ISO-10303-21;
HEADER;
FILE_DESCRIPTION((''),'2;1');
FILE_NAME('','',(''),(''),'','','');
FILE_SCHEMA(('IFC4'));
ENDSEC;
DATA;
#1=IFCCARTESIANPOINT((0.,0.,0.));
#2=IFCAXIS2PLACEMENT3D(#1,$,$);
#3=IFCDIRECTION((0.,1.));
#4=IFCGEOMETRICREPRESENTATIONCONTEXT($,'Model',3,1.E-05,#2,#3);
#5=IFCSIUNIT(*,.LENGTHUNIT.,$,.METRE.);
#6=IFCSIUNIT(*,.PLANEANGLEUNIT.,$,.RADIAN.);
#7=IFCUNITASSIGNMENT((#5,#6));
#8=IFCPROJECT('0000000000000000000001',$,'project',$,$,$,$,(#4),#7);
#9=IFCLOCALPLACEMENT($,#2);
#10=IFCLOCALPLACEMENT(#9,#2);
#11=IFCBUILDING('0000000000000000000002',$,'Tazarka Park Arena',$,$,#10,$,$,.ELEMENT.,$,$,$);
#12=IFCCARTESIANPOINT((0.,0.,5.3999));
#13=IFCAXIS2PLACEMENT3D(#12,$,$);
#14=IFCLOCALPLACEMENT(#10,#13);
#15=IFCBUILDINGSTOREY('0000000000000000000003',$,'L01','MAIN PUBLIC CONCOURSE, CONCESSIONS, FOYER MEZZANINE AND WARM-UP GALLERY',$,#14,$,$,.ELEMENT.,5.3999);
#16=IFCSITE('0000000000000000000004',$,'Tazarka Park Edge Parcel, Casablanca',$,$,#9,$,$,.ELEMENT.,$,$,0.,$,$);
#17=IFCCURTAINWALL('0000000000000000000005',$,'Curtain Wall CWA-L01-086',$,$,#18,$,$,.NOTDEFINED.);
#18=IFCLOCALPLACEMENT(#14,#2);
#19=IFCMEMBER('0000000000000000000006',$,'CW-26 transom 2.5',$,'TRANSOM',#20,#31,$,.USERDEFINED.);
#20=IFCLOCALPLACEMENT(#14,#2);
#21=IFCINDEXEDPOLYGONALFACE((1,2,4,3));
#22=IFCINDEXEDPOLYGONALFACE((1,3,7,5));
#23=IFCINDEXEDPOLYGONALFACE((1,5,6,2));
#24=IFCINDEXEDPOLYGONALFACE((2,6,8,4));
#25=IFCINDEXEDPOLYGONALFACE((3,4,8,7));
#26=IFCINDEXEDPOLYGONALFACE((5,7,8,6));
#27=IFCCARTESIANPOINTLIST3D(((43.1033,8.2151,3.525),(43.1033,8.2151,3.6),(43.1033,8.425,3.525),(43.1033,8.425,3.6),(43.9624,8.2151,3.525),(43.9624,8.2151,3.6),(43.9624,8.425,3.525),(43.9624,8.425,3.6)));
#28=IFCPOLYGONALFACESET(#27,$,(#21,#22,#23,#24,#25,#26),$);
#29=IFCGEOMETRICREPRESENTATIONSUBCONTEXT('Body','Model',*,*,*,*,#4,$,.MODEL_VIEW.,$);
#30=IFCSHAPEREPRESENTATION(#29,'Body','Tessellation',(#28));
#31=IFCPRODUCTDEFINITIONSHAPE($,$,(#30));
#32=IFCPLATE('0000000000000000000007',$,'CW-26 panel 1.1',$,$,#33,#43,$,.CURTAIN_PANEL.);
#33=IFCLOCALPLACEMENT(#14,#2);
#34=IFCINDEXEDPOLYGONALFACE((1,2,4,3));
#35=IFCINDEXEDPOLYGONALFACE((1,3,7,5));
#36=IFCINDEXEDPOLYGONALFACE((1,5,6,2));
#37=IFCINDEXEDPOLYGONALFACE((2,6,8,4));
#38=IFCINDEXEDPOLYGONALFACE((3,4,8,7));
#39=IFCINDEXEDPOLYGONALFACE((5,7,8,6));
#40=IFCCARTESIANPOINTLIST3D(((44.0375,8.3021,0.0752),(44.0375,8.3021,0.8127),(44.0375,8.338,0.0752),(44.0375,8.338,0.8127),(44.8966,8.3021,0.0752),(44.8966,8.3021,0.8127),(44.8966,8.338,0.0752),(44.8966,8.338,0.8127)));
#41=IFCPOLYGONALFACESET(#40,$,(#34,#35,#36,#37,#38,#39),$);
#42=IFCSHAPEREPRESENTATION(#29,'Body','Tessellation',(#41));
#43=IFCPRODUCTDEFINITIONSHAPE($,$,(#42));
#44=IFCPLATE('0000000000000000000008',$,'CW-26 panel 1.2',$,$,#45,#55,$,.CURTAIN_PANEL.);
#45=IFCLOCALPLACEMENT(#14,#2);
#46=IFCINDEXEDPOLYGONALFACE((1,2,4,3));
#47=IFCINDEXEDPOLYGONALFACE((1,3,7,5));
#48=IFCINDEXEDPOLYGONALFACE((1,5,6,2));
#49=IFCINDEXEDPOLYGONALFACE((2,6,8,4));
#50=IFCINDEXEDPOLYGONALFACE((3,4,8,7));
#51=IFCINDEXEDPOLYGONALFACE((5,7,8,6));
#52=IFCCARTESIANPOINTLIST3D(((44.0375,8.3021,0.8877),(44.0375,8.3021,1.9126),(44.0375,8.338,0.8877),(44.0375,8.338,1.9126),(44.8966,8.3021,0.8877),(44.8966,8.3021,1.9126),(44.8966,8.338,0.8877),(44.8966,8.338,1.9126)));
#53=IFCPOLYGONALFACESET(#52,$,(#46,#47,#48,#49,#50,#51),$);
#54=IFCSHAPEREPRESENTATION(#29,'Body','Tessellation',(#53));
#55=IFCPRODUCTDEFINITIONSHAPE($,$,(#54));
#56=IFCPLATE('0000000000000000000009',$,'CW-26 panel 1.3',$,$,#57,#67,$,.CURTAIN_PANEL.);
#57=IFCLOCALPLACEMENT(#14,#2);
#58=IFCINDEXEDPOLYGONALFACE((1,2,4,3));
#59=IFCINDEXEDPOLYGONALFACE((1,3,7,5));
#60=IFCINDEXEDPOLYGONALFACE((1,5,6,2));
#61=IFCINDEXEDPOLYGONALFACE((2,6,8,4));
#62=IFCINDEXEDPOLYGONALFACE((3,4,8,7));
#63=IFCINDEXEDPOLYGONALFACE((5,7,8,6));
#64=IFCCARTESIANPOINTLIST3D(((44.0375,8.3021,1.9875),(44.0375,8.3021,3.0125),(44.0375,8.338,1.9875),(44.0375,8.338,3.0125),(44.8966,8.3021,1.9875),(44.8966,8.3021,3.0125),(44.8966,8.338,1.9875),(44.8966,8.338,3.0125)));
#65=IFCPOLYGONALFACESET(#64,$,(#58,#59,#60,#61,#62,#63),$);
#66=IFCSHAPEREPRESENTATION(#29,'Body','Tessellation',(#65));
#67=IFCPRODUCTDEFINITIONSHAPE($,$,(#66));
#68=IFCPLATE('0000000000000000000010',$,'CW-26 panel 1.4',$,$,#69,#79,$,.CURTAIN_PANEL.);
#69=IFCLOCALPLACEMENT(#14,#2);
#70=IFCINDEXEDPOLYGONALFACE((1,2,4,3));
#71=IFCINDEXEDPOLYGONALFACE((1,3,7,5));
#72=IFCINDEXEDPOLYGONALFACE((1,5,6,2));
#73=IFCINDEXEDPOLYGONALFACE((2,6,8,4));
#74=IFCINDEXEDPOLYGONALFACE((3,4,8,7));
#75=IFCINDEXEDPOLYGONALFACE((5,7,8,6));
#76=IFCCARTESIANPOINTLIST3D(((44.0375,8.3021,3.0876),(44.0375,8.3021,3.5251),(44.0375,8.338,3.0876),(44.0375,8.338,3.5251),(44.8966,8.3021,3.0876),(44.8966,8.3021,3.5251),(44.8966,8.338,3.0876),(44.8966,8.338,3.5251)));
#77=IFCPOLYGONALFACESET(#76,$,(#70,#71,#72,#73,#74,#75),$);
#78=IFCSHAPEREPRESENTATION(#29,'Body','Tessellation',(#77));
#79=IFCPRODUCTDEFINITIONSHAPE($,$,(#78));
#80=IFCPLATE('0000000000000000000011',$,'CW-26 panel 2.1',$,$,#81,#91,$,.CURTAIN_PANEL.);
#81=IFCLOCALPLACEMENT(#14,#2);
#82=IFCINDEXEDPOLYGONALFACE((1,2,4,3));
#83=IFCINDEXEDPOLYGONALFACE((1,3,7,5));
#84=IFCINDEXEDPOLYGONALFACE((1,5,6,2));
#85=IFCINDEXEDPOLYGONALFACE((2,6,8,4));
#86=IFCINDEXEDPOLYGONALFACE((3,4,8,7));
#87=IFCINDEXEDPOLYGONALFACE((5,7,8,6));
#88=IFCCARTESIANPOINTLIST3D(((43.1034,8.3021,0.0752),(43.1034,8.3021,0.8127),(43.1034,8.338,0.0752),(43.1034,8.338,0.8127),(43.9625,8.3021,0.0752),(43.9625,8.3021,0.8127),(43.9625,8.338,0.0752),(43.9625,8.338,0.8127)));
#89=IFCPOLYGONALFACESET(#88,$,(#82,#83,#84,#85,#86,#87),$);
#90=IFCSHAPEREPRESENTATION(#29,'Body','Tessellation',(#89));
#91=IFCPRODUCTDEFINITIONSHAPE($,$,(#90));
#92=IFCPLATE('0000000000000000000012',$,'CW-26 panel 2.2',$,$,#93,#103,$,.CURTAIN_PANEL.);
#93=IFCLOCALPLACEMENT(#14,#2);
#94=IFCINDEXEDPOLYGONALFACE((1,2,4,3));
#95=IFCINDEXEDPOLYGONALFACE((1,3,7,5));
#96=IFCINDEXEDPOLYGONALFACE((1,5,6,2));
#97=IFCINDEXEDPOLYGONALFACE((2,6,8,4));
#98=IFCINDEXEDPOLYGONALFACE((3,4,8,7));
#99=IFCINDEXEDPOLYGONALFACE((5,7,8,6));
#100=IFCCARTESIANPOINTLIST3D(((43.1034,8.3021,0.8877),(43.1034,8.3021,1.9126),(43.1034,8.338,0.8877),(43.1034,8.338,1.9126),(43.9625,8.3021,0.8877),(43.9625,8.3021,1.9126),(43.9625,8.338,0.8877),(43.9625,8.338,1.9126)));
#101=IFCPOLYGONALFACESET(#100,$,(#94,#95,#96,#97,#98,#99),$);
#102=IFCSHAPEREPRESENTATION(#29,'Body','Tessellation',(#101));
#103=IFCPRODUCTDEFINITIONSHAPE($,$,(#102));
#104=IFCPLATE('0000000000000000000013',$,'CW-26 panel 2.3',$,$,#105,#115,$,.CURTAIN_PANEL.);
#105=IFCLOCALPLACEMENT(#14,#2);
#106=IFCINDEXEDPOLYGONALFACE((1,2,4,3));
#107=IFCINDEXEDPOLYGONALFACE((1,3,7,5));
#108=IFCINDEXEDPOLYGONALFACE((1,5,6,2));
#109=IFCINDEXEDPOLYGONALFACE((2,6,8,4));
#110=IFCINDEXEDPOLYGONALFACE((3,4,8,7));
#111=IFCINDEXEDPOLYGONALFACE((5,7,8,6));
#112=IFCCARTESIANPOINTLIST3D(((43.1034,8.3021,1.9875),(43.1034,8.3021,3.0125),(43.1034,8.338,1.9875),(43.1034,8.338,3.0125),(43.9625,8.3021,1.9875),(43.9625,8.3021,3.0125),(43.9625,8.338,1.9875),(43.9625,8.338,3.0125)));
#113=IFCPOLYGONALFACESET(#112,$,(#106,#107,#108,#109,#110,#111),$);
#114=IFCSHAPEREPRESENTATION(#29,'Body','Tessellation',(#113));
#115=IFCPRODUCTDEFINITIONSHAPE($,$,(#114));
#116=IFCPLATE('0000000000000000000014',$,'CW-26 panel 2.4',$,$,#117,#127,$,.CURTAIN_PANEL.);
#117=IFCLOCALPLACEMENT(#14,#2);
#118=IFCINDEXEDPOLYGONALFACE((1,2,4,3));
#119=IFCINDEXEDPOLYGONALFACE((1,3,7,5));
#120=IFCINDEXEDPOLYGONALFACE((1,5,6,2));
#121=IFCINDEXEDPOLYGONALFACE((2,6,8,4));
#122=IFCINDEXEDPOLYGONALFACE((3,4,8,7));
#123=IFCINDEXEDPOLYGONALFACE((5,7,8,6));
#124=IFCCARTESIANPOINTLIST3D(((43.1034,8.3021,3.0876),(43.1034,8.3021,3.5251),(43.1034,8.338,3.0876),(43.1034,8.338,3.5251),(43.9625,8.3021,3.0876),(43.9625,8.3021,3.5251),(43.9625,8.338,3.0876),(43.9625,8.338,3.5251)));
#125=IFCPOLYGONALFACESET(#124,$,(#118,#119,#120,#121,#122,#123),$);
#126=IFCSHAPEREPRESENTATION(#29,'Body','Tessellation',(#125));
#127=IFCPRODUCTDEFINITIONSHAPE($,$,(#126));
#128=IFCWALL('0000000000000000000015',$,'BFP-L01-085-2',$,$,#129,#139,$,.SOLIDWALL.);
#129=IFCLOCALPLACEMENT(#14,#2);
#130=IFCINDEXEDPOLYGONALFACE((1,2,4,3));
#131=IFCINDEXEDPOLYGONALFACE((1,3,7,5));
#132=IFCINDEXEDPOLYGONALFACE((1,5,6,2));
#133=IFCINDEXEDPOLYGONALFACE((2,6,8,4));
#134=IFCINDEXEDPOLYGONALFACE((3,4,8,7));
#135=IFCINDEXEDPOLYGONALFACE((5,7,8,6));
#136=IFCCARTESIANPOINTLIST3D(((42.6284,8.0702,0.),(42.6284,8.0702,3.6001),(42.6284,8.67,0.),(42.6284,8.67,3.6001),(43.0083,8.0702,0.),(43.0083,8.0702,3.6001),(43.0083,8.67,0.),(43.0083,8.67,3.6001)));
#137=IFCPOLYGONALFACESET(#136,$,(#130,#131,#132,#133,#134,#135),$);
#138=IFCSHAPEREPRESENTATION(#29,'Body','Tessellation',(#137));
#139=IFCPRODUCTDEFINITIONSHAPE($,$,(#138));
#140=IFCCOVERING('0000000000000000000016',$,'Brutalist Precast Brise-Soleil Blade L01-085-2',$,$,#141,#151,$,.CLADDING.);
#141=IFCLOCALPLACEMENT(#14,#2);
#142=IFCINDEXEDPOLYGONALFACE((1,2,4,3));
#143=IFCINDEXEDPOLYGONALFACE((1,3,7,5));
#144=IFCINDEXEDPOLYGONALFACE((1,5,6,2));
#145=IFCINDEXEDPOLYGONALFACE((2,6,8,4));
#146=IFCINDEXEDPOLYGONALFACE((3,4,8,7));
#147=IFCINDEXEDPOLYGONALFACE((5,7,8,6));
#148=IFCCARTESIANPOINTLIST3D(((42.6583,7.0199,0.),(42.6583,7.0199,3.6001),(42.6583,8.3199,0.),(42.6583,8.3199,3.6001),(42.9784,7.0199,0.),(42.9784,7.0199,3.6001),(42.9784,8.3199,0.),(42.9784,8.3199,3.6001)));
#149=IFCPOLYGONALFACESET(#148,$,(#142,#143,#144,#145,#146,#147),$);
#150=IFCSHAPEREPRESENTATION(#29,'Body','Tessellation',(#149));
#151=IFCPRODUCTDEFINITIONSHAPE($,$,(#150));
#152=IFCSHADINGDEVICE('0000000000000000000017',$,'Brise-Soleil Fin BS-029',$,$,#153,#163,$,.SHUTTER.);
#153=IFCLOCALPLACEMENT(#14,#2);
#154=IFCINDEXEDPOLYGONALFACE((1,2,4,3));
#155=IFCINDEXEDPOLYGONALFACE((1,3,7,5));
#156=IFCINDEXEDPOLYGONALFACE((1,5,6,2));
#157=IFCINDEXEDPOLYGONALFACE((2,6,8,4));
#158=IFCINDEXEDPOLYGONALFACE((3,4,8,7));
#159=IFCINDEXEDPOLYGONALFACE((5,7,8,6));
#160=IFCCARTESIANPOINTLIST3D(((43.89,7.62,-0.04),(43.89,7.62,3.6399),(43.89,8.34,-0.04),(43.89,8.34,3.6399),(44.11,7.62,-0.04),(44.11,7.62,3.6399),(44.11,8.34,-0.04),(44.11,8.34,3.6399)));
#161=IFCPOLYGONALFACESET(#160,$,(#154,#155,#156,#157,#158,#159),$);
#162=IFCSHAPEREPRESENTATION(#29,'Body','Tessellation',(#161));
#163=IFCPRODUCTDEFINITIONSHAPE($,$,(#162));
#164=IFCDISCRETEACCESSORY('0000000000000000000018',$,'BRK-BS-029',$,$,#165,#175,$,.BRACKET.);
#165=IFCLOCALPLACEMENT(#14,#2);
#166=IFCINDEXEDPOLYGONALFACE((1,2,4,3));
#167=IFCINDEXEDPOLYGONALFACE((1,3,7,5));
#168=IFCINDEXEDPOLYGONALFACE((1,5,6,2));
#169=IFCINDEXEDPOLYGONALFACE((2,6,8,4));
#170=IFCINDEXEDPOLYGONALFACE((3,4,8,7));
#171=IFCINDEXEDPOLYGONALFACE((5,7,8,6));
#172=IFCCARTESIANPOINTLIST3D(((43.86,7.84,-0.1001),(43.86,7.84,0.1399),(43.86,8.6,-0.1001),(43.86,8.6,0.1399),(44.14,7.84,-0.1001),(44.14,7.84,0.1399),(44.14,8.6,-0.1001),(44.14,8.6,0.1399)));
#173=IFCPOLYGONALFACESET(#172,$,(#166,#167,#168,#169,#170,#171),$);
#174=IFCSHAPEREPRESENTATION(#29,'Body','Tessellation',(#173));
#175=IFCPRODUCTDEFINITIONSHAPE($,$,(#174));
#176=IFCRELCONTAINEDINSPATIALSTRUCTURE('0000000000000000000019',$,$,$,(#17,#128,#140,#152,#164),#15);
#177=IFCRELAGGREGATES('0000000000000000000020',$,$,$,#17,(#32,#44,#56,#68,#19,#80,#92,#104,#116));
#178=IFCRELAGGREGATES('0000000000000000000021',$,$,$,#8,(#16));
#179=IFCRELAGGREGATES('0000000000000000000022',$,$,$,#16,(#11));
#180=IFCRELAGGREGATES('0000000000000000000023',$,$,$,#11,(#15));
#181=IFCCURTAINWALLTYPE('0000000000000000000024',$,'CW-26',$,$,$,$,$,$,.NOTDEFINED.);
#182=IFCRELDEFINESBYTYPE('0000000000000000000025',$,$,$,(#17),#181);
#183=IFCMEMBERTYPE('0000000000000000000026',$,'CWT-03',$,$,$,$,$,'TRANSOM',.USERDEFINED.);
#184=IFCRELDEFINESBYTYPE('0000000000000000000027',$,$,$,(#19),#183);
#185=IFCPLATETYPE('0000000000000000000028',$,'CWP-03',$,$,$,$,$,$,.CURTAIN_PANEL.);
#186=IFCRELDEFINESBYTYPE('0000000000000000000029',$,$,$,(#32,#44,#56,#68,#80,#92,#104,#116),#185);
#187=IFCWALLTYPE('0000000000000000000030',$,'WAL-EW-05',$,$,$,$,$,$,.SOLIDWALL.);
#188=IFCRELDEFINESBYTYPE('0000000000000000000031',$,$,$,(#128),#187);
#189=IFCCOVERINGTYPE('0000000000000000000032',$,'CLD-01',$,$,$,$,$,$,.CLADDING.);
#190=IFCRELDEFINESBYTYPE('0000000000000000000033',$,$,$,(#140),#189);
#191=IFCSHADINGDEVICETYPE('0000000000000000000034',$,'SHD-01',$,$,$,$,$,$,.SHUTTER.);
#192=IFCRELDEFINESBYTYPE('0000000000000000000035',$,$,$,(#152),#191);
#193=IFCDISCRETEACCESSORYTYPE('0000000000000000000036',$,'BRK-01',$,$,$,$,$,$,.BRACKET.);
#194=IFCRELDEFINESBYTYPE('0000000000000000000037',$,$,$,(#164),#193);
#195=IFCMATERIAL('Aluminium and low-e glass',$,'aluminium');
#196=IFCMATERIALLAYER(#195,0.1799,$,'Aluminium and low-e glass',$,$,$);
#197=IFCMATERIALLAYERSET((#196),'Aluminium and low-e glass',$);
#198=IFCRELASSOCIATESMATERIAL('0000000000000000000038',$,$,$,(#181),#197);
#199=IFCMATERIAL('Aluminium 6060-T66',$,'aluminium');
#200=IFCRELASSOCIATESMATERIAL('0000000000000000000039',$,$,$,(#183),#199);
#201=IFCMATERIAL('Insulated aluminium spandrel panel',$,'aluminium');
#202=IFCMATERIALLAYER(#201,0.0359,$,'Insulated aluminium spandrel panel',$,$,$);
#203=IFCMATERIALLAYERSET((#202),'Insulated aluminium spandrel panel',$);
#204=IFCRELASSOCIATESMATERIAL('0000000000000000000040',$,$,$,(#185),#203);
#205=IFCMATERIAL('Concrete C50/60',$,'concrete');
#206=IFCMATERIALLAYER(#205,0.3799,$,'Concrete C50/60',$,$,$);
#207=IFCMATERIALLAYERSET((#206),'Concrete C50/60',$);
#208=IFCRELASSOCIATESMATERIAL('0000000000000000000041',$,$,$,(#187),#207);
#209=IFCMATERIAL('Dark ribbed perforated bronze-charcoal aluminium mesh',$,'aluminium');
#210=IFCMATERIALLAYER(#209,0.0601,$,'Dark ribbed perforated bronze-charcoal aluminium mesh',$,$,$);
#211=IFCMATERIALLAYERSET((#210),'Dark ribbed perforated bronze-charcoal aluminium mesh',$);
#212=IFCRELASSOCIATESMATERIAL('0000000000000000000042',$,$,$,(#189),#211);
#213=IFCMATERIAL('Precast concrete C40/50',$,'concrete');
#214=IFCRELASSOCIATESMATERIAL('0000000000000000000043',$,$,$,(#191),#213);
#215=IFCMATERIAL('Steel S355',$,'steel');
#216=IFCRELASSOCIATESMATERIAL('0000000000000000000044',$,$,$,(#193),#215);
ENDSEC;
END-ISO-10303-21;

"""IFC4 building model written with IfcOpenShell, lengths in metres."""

from ifc_helpers import new_model, si_unit, direction, frame, frame_2d, origin, origin_2d, place, context, subcontext, project, spatial, rectangle, extrude, material, layer, layer_set, material_profile, profile_set, type_object, element, aggregate, save


model = new_model("IFC4")

# Units and contexts
model_context = context("Model", 3, precision=1e-05, world=origin(), true_north=direction((0.0, 1.0)))
body_context = subcontext(model_context, "Body", "Model", "MODEL_VIEW")
ifc_project = project(units=[si_unit("LENGTHUNIT", "METRE"), si_unit("PLANEANGLEUNIT", "RADIAN")], contexts=[model_context])

# Site, building, storey
site_placement = place(None, origin())
site = spatial("IfcSite", under=ifc_project, at=site_placement, Name="Tazarka Park Edge Parcel, Casablanca", CompositionType="ELEMENT", RefElevation=0.0)
building_placement = place(site_placement, origin())
building = spatial("IfcBuilding", under=site, at=building_placement, Name="Tazarka Park Arena", CompositionType="ELEMENT")
storey_placement = place(building_placement, frame((0.0, 0.0, 5.3999)))
storey = spatial("IfcBuildingStorey", under=building, at=storey_placement, Name="L01", Description="MAIN PUBLIC CONCOURSE, CONCESSIONS, FOYER MEZZANINE AND WARM-UP GALLERY", CompositionType="ELEMENT", Elevation=5.3999)

# Curtain wall
ifc_material_1 = material(Name="Aluminium and low-e glass", Category="aluminium")
ifc_layer_1 = layer(ifc_material_1, 0.1799, Name="Aluminium and low-e glass")
ifc_layer_set_1 = layer_set([ifc_layer_1], Name="Aluminium and low-e glass")
curtain_wall_type_1 = type_object("IfcCurtainWallType", Name="CW-26", PredefinedType="NOTDEFINED", material=ifc_layer_set_1)
curtain_wall_1_placement = place(storey_placement, origin())
curtain_wall_1 = element("IfcCurtainWall", 1, at=curtain_wall_1_placement, inside=storey, type_object=curtain_wall_type_1, Name="Curtain Wall CWA-L01-086", PredefinedType="NOTDEFINED")

# Member
ifc_material_2 = material(Name="Aluminium 6060-T66", Category="aluminium")
ifc_material_profile_1 = material_profile(ifc_material_2, rectangle(XDim=0.21, YDim=0.075, at=origin_2d()), Name="Aluminium 6060-T66")
ifc_profile_set_1 = profile_set([ifc_material_profile_1], Name="Aluminium 6060-T66")
member_type_1 = type_object("IfcMemberType", Name="CWT-03", ElementType="TRANSOM", PredefinedType="USERDEFINED", material=ifc_profile_set_1)
member_1_placement = place(storey_placement, frame((43.9624, 8.3201, 3.5625), z_axis=(-1.0, 0.0, 0.0), x_axis=(0.0, -1.0, 0.0)))
member_1 = element("IfcMember", 2, at=member_1_placement, type_object=member_type_1, Name="CW-26 transom 2.5", ObjectType="TRANSOM", PredefinedType="USERDEFINED", context=body_context, shape_type="SweptSolid", body=[
    extrude(rectangle(XDim=0.21, YDim=0.075, at=origin_2d()), origin(), (0.0, 0.0, 1.0), 0.8591),
])

# Plates
ifc_material_3 = material(Name="Insulated aluminium spandrel panel", Category="aluminium")
ifc_layer_2 = layer(ifc_material_3, 0.0359, Name="Insulated aluminium spandrel panel")
ifc_layer_set_2 = layer_set([ifc_layer_2], Name="Insulated aluminium spandrel panel")
plate_type = type_object("IfcPlateType", Name="CWP-03", PredefinedType="CURTAIN_PANEL", material=ifc_layer_set_2)
plate_1_placement = place(storey_placement, frame((44.467, 8.3201, 0.0752), z_axis=(0.0, 0.0, 1.0), x_axis=(-1.0, 0.0, 0.0)))
plate_1 = element("IfcPlate", 3, at=plate_1_placement, type_object=plate_type, Name="CW-26 panel 1.1", PredefinedType="CURTAIN_PANEL", context=body_context, shape_type="SweptSolid", body=[
    extrude(rectangle(XDim=0.8591, YDim=0.0359, at=origin_2d()), origin(), (0.0, 0.0, 1.0), 0.7375),
])
plate_2_placement = place(storey_placement, frame((44.467, 8.3201, 0.8877), z_axis=(0.0, 0.0, 1.0), x_axis=(-1.0, 0.0, 0.0)))
plate_2 = element("IfcPlate", 4, at=plate_2_placement, type_object=plate_type, Name="CW-26 panel 1.2", PredefinedType="CURTAIN_PANEL", context=body_context, shape_type="SweptSolid", body=[
    extrude(rectangle(XDim=0.8591, YDim=0.0359, at=origin_2d()), origin(), (0.0, 0.0, 1.0), 1.0249),
])
plate_3_placement = place(storey_placement, frame((44.467, 8.3201, 1.9875), z_axis=(0.0, 0.0, 1.0), x_axis=(-1.0, 0.0, 0.0)))
plate_3 = element("IfcPlate", 5, at=plate_3_placement, type_object=plate_type, Name="CW-26 panel 1.3", PredefinedType="CURTAIN_PANEL", context=body_context, shape_type="SweptSolid", body=[
    extrude(rectangle(XDim=0.8591, YDim=0.0359, at=origin_2d()), origin(), (0.0, 0.0, 1.0), 1.0249),
])
plate_4_placement = place(storey_placement, frame((44.467, 8.3201, 3.0876), z_axis=(0.0, 0.0, 1.0), x_axis=(-1.0, 0.0, 0.0)))
plate_4 = element("IfcPlate", 6, at=plate_4_placement, type_object=plate_type, Name="CW-26 panel 1.4", PredefinedType="CURTAIN_PANEL", context=body_context, shape_type="SweptSolid", body=[
    extrude(rectangle(XDim=0.8591, YDim=0.0359, at=origin_2d()), origin(), (0.0, 0.0, 1.0), 0.4375),
])
plate_5_placement = place(storey_placement, frame((43.533, 8.3201, 0.0752), z_axis=(0.0, 0.0, 1.0), x_axis=(-1.0, 0.0, 0.0)))
plate_5 = element("IfcPlate", 7, at=plate_5_placement, type_object=plate_type, Name="CW-26 panel 2.1", PredefinedType="CURTAIN_PANEL", context=body_context, shape_type="SweptSolid", body=[
    extrude(rectangle(XDim=0.8591, YDim=0.0359, at=origin_2d()), origin(), (0.0, 0.0, 1.0), 0.7375),
])
plate_6_placement = place(storey_placement, frame((43.533, 8.3201, 0.8877), z_axis=(0.0, 0.0, 1.0), x_axis=(-1.0, 0.0, 0.0)))
plate_6 = element("IfcPlate", 8, at=plate_6_placement, type_object=plate_type, Name="CW-26 panel 2.2", PredefinedType="CURTAIN_PANEL", context=body_context, shape_type="SweptSolid", body=[
    extrude(rectangle(XDim=0.8591, YDim=0.0359, at=origin_2d()), origin(), (0.0, 0.0, 1.0), 1.0249),
])
plate_7_placement = place(storey_placement, frame((43.533, 8.3201, 1.9875), z_axis=(0.0, 0.0, 1.0), x_axis=(-1.0, 0.0, 0.0)))
plate_7 = element("IfcPlate", 9, at=plate_7_placement, type_object=plate_type, Name="CW-26 panel 2.3", PredefinedType="CURTAIN_PANEL", context=body_context, shape_type="SweptSolid", body=[
    extrude(rectangle(XDim=0.8591, YDim=0.0359, at=origin_2d()), origin(), (0.0, 0.0, 1.0), 1.0249),
])
plate_8_placement = place(storey_placement, frame((43.533, 8.3201, 3.0876), z_axis=(0.0, 0.0, 1.0), x_axis=(-1.0, 0.0, 0.0)))
plate_8 = element("IfcPlate", 10, at=plate_8_placement, type_object=plate_type, Name="CW-26 panel 2.4", PredefinedType="CURTAIN_PANEL", context=body_context, shape_type="SweptSolid", body=[
    extrude(rectangle(XDim=0.8591, YDim=0.0359, at=origin_2d()), origin(), (0.0, 0.0, 1.0), 0.4375),
])
aggregate(curtain_wall_1, [plate_1, plate_2, plate_3, plate_4, member_1, plate_5, plate_6, plate_7, plate_8])

# Wall
ifc_material_4 = material(Name="Concrete C50/60", Category="concrete")
ifc_layer_3 = layer(ifc_material_4, 0.3799, Name="Concrete C50/60")
ifc_layer_set_3 = layer_set([ifc_layer_3], Name="Concrete C50/60")
wall_type = type_object("IfcWallType", Name="WAL-EW-05", PredefinedType="SOLIDWALL", material=ifc_layer_set_3)
wall_placement = place(storey_placement, frame((42.8184, 8.6699, 0.0), z_axis=(0.0, 0.0, 1.0), x_axis=(0.0, -1.0, 0.0)))
element("IfcWall", 11, at=wall_placement, inside=storey, type_object=wall_type, Name="BFP-L01-085-2", PredefinedType="SOLIDWALL", context=body_context, shape_type="SweptSolid", body=[
    extrude(rectangle(XDim=0.5999, YDim=0.3799, at=frame_2d((0.2998, 0.0))), origin(), (0.0, 0.0, 1.0), 3.6001),
])

# Covering
ifc_material_5 = material(Name="Dark ribbed perforated bronze-charcoal aluminium mesh", Category="aluminium")
ifc_layer_4 = layer(ifc_material_5, 0.0601, Name="Dark ribbed perforated bronze-charcoal aluminium mesh")
ifc_layer_set_4 = layer_set([ifc_layer_4], Name="Dark ribbed perforated bronze-charcoal aluminium mesh")
covering_type = type_object("IfcCoveringType", Name="CLD-01", PredefinedType="CLADDING", material=ifc_layer_set_4)
covering_placement = place(storey_placement, frame((42.8184, 7.6699, 0.0), z_axis=(0.0, 0.0, 1.0), x_axis=(-1.0, 0.0, 0.0)))
element("IfcCovering", 12, at=covering_placement, inside=storey, type_object=covering_type, Name="Brutalist Precast Brise-Soleil Blade L01-085-2", PredefinedType="CLADDING", context=body_context, shape_type="SweptSolid", body=[
    extrude(rectangle(XDim=0.3201, YDim=1.3, at=origin_2d()), origin(), (0.0, 0.0, 1.0), 3.6001),
])

# Shading device
ifc_material_6 = material(Name="Precast concrete C40/50", Category="concrete")
shading_device_type = type_object("IfcShadingDeviceType", Name="SHD-01", PredefinedType="SHUTTER", material=ifc_material_6)
shading_device_placement = place(storey_placement, frame((44.0, 7.98, -0.04), z_axis=(0.0, 0.0, 1.0), x_axis=(-1.0, 0.0, 0.0)))
element("IfcShadingDevice", 13, at=shading_device_placement, inside=storey, type_object=shading_device_type, Name="Brise-Soleil Fin BS-029", PredefinedType="SHUTTER", context=body_context, shape_type="SweptSolid", body=[
    extrude(rectangle(XDim=0.22, YDim=0.72, at=origin_2d()), origin(), (0.0, 0.0, 1.0), 3.6799),
])

# Discrete accessory
ifc_material_7 = material(Name="Steel S355", Category="steel")
discrete_accessory_type = type_object("IfcDiscreteAccessoryType", Name="BRK-01", PredefinedType="BRACKET", material=ifc_material_7)
discrete_accessory_placement = place(storey_placement, frame((44.0, 8.22, -0.1001), z_axis=(0.0, 0.0, 1.0), x_axis=(-1.0, 0.0, 0.0)))
element("IfcDiscreteAccessory", 14, at=discrete_accessory_placement, inside=storey, type_object=discrete_accessory_type, Name="BRK-BS-029", PredefinedType="BRACKET", context=body_context, shape_type="SweptSolid", body=[
    extrude(rectangle(XDim=0.28, YDim=0.76, at=origin_2d()), origin(), (0.0, 0.0, 1.0), 0.24),
])

save(model, "model.ifc")
